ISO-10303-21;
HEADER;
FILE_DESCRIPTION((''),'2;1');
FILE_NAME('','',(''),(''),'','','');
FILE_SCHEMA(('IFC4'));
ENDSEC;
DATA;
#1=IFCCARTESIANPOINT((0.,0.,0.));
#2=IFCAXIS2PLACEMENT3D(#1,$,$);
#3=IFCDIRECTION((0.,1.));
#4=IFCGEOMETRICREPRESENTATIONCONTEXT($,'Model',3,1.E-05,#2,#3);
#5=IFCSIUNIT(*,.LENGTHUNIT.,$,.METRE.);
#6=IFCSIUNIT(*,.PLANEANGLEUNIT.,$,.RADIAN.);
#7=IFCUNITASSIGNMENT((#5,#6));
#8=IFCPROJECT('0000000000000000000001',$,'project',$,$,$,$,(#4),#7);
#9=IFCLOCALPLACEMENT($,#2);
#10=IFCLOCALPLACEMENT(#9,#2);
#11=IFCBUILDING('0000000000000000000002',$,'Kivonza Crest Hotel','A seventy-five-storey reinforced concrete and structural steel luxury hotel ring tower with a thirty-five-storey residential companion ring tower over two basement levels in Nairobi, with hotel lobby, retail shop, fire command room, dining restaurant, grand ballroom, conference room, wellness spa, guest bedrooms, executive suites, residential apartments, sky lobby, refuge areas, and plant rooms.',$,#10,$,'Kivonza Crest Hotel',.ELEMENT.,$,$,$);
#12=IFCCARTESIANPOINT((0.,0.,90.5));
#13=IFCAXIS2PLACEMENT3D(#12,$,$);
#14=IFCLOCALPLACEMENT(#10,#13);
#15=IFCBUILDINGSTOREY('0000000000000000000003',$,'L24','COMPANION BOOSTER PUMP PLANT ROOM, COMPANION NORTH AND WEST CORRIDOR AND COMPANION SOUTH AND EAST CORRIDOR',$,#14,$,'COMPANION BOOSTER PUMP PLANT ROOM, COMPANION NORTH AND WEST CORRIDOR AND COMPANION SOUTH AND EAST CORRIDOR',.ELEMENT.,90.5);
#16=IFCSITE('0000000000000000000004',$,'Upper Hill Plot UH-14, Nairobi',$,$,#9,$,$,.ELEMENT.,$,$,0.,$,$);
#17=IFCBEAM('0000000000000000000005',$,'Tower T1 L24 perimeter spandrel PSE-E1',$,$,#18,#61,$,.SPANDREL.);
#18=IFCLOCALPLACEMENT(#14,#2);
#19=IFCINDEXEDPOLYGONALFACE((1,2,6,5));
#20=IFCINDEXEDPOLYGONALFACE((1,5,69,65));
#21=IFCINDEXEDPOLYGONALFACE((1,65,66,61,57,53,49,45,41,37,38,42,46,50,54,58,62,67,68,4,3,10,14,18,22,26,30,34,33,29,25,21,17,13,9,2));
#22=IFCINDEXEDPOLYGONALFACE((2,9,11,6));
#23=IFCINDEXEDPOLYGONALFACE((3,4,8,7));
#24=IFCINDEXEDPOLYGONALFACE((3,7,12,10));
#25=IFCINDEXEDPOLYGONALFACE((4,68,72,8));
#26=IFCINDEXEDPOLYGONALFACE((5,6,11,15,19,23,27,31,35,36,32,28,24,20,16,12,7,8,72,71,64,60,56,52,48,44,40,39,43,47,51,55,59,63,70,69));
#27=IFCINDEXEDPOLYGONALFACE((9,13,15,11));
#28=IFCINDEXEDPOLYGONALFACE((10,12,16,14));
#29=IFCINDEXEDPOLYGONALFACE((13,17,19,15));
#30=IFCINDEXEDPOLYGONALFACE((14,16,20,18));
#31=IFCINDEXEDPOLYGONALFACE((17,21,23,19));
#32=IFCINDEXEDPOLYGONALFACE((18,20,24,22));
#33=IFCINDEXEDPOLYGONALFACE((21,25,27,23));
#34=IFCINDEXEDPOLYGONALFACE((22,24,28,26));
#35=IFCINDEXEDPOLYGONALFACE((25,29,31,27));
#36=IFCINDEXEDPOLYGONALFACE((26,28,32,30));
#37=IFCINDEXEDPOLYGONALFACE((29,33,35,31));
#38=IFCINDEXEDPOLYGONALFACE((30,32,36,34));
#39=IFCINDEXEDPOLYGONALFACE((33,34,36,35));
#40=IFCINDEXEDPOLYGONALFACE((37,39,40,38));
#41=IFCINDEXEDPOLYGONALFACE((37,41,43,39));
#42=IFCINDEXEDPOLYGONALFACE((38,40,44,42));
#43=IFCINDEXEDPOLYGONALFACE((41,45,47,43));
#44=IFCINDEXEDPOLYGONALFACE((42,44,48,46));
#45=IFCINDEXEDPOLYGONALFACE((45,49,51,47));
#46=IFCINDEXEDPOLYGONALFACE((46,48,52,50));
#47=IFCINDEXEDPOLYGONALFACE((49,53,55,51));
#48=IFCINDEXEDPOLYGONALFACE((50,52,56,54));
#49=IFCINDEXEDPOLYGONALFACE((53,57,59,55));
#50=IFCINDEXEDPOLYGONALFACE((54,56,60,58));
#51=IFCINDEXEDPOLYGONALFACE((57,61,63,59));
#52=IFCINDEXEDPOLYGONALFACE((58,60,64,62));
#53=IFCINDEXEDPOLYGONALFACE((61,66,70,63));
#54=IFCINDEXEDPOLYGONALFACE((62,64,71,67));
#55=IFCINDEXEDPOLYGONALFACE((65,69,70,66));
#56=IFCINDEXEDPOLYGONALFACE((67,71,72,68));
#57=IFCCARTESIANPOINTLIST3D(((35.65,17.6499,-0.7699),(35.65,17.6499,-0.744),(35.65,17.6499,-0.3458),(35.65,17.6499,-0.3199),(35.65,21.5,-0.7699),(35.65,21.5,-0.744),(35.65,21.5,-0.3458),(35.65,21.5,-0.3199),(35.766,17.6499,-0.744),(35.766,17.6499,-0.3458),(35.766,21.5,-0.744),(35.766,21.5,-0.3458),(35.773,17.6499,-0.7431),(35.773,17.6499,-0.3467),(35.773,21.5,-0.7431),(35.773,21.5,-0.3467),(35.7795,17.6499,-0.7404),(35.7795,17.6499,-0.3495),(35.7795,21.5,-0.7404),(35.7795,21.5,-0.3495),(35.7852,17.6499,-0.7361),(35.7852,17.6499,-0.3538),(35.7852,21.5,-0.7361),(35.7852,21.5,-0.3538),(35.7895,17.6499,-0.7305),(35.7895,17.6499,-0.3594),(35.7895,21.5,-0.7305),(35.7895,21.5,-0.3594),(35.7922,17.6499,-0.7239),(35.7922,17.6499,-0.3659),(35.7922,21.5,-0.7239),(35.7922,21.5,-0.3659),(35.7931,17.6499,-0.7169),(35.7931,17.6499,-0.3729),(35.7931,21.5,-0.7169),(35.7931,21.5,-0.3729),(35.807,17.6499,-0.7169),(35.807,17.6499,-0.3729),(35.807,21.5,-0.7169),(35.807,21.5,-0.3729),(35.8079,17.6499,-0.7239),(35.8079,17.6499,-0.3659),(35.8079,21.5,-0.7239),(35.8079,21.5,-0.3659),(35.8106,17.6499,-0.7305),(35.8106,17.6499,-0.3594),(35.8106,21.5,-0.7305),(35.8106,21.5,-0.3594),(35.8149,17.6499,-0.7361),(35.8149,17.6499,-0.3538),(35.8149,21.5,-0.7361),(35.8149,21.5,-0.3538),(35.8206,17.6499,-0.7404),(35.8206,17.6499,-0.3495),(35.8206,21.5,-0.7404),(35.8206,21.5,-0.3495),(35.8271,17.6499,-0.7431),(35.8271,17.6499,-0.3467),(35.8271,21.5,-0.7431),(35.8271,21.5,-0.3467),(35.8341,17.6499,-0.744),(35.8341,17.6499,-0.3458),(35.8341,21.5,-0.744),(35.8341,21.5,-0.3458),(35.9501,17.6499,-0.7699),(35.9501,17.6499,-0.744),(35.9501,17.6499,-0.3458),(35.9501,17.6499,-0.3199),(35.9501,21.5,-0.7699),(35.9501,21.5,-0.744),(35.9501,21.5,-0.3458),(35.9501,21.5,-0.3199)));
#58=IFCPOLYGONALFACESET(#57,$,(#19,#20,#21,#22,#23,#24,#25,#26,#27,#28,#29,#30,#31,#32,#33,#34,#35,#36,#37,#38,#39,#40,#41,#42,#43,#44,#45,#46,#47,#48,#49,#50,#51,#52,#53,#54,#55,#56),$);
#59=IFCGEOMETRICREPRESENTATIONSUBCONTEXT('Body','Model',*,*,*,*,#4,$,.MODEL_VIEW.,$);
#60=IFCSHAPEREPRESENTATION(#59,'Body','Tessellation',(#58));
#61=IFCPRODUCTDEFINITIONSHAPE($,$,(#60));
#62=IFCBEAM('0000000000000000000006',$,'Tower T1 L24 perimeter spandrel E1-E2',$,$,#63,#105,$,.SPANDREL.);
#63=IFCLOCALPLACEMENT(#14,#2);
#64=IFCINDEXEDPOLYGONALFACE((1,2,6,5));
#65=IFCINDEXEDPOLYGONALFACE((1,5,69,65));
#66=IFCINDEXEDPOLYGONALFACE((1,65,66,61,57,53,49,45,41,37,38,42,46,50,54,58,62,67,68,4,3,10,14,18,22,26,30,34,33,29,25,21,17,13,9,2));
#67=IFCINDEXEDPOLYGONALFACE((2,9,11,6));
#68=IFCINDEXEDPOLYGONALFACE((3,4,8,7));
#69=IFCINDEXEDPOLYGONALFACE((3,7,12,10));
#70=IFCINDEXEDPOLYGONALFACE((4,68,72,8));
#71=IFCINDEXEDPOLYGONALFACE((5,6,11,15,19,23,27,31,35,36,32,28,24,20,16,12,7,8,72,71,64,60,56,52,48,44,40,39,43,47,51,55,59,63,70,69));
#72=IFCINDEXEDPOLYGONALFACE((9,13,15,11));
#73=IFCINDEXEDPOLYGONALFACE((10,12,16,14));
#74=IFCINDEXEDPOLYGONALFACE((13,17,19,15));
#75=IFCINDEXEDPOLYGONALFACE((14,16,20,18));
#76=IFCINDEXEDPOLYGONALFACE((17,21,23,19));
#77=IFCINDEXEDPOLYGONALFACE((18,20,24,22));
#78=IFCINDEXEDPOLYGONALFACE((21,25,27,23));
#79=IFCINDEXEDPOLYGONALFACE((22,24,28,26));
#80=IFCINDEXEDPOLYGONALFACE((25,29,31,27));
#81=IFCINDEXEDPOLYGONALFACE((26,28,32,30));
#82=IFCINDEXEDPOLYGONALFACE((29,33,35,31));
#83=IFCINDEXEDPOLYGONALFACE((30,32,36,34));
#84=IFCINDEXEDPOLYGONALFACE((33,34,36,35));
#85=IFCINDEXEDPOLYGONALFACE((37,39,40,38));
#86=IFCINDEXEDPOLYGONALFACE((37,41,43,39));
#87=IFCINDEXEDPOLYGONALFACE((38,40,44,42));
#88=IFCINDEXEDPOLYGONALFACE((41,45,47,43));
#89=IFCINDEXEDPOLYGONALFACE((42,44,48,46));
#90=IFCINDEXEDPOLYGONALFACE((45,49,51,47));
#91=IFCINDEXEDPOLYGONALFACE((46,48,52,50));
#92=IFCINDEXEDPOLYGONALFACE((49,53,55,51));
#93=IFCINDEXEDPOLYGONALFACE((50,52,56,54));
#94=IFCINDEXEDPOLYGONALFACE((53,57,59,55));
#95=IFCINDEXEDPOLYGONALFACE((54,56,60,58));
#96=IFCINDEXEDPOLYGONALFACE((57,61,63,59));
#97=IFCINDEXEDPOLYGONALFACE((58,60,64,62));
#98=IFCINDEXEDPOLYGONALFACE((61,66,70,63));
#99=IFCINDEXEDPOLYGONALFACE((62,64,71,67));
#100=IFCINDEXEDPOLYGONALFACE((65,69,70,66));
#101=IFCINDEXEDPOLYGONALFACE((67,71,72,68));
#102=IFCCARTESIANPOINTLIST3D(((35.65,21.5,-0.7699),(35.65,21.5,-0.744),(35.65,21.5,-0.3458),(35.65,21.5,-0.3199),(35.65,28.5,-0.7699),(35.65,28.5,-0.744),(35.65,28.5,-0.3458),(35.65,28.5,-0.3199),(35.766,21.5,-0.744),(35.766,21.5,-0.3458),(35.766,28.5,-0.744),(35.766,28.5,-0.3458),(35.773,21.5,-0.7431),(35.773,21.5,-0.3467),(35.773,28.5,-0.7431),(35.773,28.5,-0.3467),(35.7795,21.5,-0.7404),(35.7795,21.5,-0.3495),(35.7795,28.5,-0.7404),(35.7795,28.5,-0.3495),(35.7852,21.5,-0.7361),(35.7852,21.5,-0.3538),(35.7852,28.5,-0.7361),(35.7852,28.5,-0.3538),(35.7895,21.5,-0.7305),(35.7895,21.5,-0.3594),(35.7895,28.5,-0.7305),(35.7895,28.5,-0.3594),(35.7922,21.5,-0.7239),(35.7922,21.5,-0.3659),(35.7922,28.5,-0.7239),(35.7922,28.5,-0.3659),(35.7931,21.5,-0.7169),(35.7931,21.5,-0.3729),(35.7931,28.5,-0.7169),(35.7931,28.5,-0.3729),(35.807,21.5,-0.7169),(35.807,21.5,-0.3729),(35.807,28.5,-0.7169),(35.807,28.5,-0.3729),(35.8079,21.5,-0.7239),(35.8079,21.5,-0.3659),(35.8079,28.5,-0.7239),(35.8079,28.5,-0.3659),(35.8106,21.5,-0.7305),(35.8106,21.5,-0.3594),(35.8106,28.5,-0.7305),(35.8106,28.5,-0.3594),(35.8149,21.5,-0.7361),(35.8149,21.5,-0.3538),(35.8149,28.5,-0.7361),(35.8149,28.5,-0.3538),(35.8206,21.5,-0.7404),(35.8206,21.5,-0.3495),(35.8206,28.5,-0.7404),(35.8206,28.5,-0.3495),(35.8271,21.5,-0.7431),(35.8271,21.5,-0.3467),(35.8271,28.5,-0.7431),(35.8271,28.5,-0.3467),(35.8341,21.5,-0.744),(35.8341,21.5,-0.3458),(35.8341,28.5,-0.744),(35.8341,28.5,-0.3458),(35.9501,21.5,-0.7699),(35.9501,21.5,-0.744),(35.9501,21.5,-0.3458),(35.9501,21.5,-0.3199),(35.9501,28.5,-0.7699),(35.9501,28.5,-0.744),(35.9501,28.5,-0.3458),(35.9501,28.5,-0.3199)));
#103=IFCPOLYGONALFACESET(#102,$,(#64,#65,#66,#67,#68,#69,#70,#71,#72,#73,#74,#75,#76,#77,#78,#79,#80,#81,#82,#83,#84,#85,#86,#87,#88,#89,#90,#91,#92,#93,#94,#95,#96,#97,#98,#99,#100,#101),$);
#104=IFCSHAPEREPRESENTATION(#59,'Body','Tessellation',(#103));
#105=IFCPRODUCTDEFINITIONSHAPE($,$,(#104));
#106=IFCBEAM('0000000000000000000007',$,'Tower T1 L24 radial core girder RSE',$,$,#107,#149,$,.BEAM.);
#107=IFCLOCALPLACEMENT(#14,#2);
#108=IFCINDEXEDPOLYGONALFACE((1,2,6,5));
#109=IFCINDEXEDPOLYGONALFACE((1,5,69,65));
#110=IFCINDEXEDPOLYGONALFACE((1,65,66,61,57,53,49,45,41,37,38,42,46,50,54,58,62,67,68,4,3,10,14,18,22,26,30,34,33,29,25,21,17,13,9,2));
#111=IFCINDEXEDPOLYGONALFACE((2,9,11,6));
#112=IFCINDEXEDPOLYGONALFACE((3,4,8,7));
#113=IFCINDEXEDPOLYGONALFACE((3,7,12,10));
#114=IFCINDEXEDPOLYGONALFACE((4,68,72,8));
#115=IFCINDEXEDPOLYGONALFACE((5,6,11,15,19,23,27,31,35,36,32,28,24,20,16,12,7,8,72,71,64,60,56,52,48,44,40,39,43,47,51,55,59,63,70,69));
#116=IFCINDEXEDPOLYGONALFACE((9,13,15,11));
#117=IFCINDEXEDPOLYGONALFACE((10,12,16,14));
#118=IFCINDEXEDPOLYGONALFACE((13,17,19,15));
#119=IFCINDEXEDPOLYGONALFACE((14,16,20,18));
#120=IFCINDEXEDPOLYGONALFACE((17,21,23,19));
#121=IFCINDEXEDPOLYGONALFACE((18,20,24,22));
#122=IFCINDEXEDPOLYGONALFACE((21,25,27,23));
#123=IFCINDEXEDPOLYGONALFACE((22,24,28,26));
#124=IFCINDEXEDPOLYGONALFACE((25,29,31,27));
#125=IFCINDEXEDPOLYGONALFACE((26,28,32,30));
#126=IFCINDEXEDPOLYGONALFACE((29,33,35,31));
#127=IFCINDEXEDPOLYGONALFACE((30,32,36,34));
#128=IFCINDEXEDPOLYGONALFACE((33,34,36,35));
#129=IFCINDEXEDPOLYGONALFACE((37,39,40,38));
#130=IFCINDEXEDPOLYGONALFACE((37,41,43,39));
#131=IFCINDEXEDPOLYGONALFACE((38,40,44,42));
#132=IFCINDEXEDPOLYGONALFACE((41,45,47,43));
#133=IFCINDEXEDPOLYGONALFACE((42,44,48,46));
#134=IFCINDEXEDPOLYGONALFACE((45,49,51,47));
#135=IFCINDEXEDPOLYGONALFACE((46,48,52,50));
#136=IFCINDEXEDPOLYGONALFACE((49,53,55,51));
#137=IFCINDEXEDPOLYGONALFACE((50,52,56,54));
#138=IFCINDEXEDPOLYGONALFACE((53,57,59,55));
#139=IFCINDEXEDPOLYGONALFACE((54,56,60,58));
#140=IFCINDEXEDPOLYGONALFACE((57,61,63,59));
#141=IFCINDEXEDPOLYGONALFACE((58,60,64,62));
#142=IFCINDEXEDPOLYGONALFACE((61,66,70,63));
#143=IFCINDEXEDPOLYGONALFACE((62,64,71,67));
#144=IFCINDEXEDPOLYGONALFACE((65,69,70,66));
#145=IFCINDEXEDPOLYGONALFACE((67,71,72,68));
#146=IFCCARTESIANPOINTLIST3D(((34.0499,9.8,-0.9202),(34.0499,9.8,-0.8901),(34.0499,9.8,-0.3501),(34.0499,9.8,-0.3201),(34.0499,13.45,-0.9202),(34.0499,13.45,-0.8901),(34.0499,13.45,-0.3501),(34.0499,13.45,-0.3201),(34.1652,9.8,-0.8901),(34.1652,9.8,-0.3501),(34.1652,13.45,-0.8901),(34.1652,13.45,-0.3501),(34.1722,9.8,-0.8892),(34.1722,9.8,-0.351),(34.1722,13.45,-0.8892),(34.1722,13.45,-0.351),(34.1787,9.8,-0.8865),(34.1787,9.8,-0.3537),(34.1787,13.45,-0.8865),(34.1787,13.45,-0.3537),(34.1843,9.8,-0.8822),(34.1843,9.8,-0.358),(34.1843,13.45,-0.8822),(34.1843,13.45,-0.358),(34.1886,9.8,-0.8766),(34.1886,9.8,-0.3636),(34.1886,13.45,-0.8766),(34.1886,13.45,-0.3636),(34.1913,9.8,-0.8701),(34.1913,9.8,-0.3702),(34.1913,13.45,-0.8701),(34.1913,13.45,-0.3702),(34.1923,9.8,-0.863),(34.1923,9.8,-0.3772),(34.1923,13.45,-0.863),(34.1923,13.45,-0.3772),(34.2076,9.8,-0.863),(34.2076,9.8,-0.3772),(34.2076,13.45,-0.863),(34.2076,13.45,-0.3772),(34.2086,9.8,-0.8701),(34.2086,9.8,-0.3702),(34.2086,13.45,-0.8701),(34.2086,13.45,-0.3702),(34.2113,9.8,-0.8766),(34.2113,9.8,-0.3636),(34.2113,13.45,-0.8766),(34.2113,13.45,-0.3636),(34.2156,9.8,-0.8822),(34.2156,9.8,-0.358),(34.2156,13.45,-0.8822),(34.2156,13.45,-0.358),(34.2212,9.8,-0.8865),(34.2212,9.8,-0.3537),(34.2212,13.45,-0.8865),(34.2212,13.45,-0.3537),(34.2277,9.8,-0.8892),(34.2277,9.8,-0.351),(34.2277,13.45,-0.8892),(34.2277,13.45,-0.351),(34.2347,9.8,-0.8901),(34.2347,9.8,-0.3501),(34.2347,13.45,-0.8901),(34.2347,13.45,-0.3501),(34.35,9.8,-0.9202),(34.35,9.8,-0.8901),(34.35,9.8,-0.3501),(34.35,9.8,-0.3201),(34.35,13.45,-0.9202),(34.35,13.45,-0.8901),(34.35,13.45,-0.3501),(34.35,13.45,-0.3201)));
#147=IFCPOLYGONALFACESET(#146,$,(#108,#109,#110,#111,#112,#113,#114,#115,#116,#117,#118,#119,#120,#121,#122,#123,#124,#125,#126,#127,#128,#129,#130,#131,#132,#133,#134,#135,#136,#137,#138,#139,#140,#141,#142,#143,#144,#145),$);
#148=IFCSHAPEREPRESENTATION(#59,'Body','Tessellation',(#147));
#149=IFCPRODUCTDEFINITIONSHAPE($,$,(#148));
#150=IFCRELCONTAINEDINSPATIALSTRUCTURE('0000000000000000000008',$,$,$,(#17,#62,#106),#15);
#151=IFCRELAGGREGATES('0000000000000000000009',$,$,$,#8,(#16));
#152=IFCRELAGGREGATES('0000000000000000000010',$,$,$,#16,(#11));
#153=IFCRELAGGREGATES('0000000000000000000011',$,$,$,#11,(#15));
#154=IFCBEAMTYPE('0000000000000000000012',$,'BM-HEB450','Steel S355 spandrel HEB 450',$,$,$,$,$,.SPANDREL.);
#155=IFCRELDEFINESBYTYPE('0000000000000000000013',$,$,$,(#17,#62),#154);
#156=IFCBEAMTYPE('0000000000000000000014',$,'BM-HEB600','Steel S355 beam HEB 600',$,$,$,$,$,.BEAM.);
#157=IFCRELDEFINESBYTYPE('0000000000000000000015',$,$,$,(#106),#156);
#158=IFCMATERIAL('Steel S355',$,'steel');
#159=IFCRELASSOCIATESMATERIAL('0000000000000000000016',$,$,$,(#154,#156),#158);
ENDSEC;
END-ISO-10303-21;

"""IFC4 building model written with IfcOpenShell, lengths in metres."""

from ifc_helpers import new_model, si_unit, direction, frame, origin, origin_2d, place, context, subcontext, project, spatial, i_section, extrude, material, material_profile, profile_set, type_object, element, save


model = new_model("IFC4")

# Units and contexts
model_context = context("Model", 3, precision=1e-05, world=origin(), true_north=direction((0.0, 1.0)))
body_context = subcontext(model_context, "Body", "Model", "MODEL_VIEW")
ifc_project = project(units=[si_unit("LENGTHUNIT", "METRE"), si_unit("PLANEANGLEUNIT", "RADIAN")], contexts=[model_context])

# Site, building, storey
site_placement = place(None, origin())
site = spatial("IfcSite", under=ifc_project, at=site_placement, Name="Upper Hill Plot UH-14, Nairobi", CompositionType="ELEMENT", RefElevation=0.0)
building_placement = place(site_placement, origin())
building = spatial("IfcBuilding", under=site, at=building_placement, Name="Kivonza Crest Hotel", Description="A seventy-five-storey reinforced concrete and structural steel luxury hotel ring tower with a thirty-five-storey residential companion ring tower over two basement levels in Nairobi, with hotel lobby, retail shop, fire command room, dining restaurant, grand ballroom, conference room, wellness spa, guest bedrooms, executive suites, residential apartments, sky lobby, refuge areas, and plant rooms.", LongName="Kivonza Crest Hotel", CompositionType="ELEMENT")
storey_placement = place(building_placement, frame((0.0, 0.0, 90.5)))
storey = spatial("IfcBuildingStorey", under=building, at=storey_placement, Name="L24", Description="COMPANION BOOSTER PUMP PLANT ROOM, COMPANION NORTH AND WEST CORRIDOR AND COMPANION SOUTH AND EAST CORRIDOR", LongName="COMPANION BOOSTER PUMP PLANT ROOM, COMPANION NORTH AND WEST CORRIDOR AND COMPANION SOUTH AND EAST CORRIDOR", CompositionType="ELEMENT", Elevation=90.5)

# Shared definitions
ifc_material_1 = material(Name="Steel S355", Category="steel")

# Beams
ifc_material_profile_1 = material_profile(ifc_material_1, i_section(OverallWidth=0.3, OverallDepth=0.45, WebThickness=0.0139, FlangeThickness=0.0259, FilletRadius=0.0271, at=origin_2d()), Name="HEB 450")
ifc_profile_set_1 = profile_set([ifc_material_profile_1], Name="Steel S355")
beam_type_1 = type_object("IfcBeamType", Name="BM-HEB450", Description="Steel S355 spandrel HEB 450", PredefinedType="SPANDREL", material=ifc_profile_set_1)
beam_1_placement = place(storey_placement, frame((35.8, 17.6499, -0.5449), z_axis=(0.0, 1.0, 0.0), x_axis=(-1.0, 0.0, 0.0)))
element("IfcBeam", 1, at=beam_1_placement, inside=storey, type_object=beam_type_1, Name="Tower T1 L24 perimeter spandrel PSE-E1", PredefinedType="SPANDREL", context=body_context, shape_type="SweptSolid", body=[
    extrude(i_section(OverallWidth=0.3, OverallDepth=0.45, WebThickness=0.0139, FlangeThickness=0.0259, FilletRadius=0.0271, at=origin_2d()), origin(), (0.0, 0.0, 1.0), 3.8501),
])
beam_2_placement = place(storey_placement, frame((35.8, 21.5, -0.5449), z_axis=(0.0, 1.0, 0.0), x_axis=(-1.0, 0.0, 0.0)))
element("IfcBeam", 2, at=beam_2_placement, inside=storey, type_object=beam_type_1, Name="Tower T1 L24 perimeter spandrel E1-E2", PredefinedType="SPANDREL", context=body_context, shape_type="SweptSolid", body=[
    extrude(i_section(OverallWidth=0.3, OverallDepth=0.45, WebThickness=0.0139, FlangeThickness=0.0259, FilletRadius=0.0271, at=origin_2d()), origin(), (0.0, 0.0, 1.0), 7.0),
])
ifc_material_profile_2 = material_profile(ifc_material_1, i_section(OverallWidth=0.3, OverallDepth=0.6001, WebThickness=0.0154, FlangeThickness=0.03, FilletRadius=0.0271, at=origin_2d()), Name="HEB 600")
ifc_profile_set_2 = profile_set([ifc_material_profile_2], Name="Steel S355")
beam_type_2 = type_object("IfcBeamType", Name="BM-HEB600", Description="Steel S355 beam HEB 600", PredefinedType="BEAM", material=ifc_profile_set_2)
beam_3_placement = place(storey_placement, frame((34.2, 9.8, -0.6201), z_axis=(0.0, 1.0, 0.0), x_axis=(-1.0, 0.0, 0.0)))
element("IfcBeam", 3, at=beam_3_placement, inside=storey, type_object=beam_type_2, Name="Tower T1 L24 radial core girder RSE", PredefinedType="BEAM", context=body_context, shape_type="SweptSolid", body=[
    extrude(i_section(OverallWidth=0.3, OverallDepth=0.6001, WebThickness=0.0154, FlangeThickness=0.03, FilletRadius=0.0271, at=origin_2d()), origin(), (0.0, 0.0, 1.0), 3.6499),
])

save(model, "model.ifc")
